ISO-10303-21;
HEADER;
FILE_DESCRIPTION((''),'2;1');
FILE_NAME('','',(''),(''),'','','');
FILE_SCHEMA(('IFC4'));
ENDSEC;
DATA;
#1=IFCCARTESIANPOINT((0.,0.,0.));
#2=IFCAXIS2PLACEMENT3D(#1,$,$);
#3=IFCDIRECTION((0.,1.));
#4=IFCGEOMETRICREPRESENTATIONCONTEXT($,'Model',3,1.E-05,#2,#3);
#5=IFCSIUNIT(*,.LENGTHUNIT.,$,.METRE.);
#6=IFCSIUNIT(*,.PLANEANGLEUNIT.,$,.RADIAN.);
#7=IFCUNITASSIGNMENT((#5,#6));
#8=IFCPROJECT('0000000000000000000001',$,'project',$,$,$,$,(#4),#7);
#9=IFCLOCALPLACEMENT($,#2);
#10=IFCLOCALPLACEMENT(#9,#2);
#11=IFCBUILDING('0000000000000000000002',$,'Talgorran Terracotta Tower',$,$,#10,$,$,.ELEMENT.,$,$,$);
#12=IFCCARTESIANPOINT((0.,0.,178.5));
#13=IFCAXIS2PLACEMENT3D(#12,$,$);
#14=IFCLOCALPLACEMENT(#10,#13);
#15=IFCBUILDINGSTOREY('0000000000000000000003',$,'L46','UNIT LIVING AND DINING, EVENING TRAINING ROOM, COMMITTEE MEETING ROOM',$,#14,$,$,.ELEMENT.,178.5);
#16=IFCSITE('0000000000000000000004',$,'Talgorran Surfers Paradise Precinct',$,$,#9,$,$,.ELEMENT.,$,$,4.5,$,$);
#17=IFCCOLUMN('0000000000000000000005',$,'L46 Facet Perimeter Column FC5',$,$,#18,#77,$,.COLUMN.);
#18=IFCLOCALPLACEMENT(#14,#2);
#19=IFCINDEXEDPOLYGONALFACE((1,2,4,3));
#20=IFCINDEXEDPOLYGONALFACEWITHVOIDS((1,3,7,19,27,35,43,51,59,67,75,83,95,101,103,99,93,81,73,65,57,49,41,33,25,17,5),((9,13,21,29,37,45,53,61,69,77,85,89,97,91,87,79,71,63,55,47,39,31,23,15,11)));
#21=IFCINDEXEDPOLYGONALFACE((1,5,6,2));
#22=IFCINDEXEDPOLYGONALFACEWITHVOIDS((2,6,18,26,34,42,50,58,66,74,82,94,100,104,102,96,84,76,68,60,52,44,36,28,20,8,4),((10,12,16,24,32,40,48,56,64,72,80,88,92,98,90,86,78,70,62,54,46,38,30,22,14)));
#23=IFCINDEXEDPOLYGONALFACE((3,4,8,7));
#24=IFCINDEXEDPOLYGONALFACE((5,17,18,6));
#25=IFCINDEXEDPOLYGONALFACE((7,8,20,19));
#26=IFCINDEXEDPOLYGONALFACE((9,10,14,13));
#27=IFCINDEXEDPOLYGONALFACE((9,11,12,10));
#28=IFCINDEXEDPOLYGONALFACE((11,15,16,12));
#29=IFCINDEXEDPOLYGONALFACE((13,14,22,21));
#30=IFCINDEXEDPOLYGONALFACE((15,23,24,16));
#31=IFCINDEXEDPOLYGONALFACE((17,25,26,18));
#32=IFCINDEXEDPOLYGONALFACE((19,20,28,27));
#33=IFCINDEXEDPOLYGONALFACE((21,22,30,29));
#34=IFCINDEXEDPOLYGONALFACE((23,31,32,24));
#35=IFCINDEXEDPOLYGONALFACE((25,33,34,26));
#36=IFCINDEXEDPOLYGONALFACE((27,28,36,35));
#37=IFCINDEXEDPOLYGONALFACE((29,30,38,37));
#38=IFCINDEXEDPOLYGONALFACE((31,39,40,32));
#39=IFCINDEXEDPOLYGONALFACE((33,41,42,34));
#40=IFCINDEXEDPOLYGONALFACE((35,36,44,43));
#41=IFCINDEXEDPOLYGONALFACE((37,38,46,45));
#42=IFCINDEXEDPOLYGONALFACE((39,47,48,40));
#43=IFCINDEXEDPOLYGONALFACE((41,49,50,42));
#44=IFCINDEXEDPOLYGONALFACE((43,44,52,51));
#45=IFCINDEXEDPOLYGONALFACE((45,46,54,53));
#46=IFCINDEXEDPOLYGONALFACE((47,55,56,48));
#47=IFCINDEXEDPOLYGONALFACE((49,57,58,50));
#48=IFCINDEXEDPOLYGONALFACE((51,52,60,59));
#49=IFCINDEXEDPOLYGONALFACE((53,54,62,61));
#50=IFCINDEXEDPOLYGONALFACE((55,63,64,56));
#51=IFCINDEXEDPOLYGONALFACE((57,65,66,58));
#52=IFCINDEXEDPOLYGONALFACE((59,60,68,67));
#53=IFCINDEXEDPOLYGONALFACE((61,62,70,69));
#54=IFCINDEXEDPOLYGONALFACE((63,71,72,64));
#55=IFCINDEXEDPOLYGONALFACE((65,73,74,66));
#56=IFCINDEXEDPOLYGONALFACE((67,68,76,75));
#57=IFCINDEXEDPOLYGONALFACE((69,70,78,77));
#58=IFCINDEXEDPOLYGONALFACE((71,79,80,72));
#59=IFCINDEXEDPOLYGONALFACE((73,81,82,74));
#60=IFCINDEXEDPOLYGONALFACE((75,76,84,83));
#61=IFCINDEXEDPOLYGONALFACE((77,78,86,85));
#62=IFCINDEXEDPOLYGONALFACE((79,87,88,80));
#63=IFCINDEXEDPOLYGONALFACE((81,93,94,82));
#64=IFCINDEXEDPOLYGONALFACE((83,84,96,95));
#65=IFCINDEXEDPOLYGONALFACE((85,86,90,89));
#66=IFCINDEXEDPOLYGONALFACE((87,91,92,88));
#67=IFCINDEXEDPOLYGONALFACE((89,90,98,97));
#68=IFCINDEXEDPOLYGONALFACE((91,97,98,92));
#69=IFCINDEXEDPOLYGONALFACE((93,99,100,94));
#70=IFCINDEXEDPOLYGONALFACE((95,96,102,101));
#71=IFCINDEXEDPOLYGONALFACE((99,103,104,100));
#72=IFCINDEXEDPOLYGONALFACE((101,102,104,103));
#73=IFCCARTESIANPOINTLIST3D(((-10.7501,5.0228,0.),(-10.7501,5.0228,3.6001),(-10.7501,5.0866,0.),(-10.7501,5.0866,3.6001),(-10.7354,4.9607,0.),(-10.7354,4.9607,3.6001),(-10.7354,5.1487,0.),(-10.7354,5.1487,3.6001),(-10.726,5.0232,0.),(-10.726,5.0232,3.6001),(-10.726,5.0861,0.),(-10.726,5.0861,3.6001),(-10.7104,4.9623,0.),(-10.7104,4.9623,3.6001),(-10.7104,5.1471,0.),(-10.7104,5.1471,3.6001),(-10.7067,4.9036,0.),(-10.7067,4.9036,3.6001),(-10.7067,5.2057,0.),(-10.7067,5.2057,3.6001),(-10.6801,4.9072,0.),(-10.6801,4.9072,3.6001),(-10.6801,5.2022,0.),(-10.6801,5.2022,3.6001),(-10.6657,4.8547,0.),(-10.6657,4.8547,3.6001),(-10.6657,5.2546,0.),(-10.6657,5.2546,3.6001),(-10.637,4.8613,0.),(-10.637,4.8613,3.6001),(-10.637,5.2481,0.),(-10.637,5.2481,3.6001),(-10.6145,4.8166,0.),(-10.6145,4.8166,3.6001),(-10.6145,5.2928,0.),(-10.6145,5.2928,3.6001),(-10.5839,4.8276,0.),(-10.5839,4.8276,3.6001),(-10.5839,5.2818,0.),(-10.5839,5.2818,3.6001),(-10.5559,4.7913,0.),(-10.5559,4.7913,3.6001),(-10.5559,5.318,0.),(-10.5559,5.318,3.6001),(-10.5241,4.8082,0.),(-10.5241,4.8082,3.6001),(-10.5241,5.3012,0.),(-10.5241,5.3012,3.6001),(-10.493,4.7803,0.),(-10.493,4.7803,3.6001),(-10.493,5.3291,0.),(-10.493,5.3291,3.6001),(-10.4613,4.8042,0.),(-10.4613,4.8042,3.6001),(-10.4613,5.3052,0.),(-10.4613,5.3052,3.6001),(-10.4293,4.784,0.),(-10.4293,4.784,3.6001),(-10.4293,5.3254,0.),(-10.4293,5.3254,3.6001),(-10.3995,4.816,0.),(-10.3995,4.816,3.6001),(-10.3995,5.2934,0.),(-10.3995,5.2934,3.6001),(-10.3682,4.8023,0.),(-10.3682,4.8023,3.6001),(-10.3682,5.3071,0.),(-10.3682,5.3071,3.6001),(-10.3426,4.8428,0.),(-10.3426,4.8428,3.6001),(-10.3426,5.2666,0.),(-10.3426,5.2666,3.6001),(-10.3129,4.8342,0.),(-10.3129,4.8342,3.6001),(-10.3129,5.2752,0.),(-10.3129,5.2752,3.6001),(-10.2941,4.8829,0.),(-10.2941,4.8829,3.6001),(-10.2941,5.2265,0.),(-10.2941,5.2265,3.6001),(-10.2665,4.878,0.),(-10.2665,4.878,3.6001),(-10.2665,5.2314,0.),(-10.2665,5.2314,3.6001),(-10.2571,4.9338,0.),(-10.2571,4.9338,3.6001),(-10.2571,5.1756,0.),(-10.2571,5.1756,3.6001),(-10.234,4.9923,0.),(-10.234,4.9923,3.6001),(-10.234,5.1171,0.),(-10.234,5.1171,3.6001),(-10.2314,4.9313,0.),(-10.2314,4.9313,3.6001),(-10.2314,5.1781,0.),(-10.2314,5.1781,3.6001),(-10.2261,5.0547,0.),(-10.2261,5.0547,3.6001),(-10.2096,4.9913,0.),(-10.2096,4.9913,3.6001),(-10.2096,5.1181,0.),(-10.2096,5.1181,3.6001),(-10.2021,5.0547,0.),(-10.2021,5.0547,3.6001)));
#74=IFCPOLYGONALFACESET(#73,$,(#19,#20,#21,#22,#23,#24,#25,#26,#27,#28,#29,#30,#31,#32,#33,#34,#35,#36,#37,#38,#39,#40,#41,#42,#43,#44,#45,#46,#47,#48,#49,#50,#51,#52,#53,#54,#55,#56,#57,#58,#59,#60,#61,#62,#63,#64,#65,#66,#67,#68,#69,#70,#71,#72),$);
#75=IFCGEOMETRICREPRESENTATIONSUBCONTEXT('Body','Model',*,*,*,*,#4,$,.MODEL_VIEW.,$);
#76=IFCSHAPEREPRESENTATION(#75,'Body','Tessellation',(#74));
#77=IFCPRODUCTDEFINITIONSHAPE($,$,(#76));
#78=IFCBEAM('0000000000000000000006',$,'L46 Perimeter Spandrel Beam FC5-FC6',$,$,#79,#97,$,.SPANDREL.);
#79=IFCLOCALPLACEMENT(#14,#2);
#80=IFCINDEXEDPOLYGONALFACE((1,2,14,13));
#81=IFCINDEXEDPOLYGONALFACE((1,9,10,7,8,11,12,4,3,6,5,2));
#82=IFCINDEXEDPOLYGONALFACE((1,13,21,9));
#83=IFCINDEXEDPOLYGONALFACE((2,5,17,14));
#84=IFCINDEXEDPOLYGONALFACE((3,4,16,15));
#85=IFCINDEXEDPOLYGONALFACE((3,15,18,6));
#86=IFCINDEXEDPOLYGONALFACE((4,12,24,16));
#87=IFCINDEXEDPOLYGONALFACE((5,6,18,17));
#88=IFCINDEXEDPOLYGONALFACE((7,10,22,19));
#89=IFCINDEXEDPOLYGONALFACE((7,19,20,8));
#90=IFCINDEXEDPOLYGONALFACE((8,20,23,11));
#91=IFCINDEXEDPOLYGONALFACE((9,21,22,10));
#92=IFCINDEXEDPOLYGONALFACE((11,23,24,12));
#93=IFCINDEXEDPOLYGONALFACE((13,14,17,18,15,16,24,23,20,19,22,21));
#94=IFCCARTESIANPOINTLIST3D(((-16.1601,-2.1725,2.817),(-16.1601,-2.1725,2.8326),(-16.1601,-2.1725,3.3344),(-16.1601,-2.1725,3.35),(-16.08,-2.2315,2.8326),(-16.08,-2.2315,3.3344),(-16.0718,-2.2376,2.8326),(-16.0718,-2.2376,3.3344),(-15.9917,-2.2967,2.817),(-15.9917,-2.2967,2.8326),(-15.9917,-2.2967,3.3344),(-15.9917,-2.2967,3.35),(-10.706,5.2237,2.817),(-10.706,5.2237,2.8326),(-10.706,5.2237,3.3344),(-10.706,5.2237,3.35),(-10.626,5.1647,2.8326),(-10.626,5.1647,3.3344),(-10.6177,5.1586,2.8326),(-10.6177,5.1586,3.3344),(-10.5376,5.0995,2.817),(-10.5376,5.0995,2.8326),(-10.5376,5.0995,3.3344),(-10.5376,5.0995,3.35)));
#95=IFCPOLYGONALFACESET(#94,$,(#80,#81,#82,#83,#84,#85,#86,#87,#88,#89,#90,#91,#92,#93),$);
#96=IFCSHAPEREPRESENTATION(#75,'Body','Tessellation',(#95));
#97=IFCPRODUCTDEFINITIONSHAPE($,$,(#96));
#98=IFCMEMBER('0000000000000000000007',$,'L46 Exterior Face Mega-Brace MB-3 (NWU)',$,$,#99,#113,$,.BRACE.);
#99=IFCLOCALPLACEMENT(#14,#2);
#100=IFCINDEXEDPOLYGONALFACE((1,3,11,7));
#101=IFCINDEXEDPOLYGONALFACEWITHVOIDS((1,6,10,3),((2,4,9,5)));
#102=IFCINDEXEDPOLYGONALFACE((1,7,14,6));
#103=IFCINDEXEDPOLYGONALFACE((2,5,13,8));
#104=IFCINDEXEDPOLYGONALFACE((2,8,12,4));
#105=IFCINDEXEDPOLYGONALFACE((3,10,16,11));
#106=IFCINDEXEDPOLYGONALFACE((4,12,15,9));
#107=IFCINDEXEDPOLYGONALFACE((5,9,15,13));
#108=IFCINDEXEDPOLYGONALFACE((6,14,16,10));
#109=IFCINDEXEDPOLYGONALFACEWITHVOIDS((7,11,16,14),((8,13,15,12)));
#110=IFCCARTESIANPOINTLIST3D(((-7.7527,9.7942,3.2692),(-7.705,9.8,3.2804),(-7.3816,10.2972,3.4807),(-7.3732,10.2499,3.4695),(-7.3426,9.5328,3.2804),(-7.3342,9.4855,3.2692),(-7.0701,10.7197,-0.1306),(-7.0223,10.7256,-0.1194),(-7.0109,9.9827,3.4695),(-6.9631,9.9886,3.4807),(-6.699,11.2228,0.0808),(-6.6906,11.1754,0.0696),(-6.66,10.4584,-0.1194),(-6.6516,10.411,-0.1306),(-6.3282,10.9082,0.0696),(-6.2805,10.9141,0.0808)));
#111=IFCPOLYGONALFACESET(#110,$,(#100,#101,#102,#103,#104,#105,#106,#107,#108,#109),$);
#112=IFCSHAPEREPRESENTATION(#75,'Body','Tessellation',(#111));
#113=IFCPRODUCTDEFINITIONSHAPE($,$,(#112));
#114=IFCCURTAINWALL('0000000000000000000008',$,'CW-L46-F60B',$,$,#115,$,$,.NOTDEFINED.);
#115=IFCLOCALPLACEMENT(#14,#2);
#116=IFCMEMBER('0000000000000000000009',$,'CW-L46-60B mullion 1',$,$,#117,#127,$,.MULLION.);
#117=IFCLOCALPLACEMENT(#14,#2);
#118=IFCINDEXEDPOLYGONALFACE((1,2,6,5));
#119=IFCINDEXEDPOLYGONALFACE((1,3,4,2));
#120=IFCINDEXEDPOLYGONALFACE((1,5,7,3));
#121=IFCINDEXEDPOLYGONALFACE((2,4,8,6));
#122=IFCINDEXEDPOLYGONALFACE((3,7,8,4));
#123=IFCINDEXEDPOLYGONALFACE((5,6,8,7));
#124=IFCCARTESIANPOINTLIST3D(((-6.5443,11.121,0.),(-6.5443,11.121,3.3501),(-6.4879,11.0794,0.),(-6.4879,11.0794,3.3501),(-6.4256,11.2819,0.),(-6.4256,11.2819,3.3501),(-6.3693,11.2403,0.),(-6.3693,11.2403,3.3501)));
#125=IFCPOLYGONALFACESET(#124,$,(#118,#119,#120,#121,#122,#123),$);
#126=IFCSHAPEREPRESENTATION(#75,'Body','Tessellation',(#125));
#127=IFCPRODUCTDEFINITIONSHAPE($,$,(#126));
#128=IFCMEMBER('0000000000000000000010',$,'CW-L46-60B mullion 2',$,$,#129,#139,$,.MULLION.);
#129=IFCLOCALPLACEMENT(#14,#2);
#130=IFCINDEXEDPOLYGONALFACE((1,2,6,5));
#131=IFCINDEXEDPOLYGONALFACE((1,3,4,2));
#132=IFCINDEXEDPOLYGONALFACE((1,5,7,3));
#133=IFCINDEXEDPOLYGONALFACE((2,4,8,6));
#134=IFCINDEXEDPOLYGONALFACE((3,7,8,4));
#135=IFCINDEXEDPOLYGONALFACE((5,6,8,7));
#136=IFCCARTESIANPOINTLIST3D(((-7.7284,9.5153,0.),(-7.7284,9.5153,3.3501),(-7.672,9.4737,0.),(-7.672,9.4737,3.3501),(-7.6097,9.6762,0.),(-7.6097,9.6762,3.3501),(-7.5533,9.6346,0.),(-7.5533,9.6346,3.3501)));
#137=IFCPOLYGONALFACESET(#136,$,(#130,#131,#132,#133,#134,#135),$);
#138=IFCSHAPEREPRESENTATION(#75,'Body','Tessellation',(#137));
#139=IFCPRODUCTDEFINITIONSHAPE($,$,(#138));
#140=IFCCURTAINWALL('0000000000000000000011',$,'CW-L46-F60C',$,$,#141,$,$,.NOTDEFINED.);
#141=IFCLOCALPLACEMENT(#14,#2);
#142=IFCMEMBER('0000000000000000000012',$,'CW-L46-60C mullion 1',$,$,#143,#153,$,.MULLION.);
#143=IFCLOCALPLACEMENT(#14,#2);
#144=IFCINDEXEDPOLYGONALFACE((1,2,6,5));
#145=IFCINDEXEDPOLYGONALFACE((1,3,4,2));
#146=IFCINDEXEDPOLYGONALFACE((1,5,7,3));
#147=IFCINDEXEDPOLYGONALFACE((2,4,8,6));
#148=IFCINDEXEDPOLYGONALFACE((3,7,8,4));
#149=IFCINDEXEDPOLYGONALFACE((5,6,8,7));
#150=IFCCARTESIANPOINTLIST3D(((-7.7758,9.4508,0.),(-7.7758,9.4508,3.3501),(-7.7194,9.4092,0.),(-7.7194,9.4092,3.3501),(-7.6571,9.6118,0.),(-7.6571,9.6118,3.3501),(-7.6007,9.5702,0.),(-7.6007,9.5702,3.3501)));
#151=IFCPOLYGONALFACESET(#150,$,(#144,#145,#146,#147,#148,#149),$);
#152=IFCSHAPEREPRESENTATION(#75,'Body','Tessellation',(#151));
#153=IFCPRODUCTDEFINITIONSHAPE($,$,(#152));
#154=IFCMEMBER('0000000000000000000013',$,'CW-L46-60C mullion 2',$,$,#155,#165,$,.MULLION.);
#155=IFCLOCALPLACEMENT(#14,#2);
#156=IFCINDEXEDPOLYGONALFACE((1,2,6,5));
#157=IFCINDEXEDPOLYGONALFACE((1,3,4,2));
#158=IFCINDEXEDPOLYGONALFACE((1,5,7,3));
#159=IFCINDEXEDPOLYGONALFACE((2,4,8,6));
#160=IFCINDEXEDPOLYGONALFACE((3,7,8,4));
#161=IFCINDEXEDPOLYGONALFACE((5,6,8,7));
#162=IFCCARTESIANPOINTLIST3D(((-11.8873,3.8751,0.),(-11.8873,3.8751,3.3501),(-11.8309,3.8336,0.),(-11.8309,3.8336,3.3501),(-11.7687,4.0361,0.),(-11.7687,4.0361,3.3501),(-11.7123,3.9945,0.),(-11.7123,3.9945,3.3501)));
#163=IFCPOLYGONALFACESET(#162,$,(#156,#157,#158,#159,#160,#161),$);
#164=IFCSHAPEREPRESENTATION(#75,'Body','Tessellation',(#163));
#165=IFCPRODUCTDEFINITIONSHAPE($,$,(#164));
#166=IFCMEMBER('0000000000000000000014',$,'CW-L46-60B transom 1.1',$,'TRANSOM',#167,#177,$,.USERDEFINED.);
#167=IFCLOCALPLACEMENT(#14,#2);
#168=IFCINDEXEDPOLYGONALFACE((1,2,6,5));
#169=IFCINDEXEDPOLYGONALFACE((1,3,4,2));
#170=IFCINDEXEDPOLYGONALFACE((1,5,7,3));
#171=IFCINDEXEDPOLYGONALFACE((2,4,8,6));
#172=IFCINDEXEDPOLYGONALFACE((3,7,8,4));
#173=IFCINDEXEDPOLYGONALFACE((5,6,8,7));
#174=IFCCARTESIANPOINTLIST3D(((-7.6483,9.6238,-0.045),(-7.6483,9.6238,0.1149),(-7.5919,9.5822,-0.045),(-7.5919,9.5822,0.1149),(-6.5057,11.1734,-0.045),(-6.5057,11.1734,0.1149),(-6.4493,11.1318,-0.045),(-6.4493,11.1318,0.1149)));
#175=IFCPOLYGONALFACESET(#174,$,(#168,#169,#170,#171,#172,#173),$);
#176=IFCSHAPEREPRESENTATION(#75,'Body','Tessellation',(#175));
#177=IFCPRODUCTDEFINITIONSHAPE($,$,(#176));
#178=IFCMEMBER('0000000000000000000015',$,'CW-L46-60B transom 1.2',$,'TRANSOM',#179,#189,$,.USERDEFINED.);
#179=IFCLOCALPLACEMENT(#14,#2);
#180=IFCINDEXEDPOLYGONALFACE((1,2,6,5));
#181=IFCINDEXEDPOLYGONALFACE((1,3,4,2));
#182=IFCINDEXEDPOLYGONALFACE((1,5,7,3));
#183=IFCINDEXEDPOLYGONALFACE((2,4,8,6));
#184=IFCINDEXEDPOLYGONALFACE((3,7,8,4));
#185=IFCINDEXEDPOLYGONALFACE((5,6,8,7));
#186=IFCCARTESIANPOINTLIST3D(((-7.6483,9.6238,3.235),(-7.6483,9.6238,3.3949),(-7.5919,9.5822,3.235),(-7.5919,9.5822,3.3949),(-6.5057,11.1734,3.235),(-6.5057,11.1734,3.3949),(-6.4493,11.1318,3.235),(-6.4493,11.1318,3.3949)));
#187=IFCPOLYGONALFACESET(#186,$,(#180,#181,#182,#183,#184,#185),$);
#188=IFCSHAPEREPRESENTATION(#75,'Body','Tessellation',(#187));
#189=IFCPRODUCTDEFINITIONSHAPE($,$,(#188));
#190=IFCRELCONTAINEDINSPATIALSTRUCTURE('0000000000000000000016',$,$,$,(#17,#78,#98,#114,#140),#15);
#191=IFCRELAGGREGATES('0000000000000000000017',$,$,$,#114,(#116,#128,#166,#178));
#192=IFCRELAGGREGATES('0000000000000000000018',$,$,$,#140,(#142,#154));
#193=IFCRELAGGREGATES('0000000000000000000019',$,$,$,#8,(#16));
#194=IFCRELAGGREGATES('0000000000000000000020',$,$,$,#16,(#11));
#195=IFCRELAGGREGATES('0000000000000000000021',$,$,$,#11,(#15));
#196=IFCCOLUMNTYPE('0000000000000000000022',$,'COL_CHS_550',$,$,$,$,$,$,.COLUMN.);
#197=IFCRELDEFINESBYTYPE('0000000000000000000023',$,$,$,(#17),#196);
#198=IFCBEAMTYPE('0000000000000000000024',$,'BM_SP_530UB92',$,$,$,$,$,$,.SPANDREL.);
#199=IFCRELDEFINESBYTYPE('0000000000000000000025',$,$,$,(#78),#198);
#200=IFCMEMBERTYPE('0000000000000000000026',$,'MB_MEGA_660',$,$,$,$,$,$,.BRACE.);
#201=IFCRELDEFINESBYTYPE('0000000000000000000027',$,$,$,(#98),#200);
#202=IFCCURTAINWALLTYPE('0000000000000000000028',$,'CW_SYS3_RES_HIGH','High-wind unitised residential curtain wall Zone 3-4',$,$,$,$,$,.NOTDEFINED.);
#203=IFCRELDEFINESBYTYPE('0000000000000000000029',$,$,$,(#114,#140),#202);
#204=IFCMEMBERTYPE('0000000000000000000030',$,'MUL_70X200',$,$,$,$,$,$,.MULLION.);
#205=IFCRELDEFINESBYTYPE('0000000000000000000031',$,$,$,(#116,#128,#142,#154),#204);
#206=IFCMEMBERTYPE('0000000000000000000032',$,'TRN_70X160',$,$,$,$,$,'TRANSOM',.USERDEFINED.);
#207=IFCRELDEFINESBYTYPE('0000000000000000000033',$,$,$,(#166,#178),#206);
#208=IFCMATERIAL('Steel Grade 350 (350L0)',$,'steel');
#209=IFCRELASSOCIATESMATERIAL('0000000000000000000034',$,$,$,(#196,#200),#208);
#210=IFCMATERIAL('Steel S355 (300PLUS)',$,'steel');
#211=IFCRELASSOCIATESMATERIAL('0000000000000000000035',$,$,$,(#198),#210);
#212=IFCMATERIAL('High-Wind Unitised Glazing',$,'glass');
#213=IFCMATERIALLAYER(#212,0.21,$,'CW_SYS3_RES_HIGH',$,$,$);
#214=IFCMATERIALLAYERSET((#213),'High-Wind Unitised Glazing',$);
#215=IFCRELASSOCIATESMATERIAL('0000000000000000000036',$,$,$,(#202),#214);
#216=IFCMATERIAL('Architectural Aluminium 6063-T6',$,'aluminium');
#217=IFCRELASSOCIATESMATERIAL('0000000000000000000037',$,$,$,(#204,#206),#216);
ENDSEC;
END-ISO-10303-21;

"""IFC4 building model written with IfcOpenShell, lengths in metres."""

from ifc_helpers import new_model, si_unit, direction, frame, origin, origin_2d, place, context, subcontext, project, spatial, rectangle, hollow_rectangle, hollow_circle, i_section, extrude, material, layer, layer_set, material_profile, profile_set, type_object, element, aggregate, save


model = new_model("IFC4")

# Units and contexts
model_context = context("Model", 3, precision=1e-05, world=origin(), true_north=direction((0.0, 1.0)))
body_context = subcontext(model_context, "Body", "Model", "MODEL_VIEW")
ifc_project = project(units=[si_unit("LENGTHUNIT", "METRE"), si_unit("PLANEANGLEUNIT", "RADIAN")], contexts=[model_context])

# Site, building, storey
site_placement = place(None, origin())
site = spatial("IfcSite", under=ifc_project, at=site_placement, Name="Talgorran Surfers Paradise Precinct", CompositionType="ELEMENT", RefElevation=4.5)
building_placement = place(site_placement, origin())
building = spatial("IfcBuilding", under=site, at=building_placement, Name="Talgorran Terracotta Tower", CompositionType="ELEMENT")
storey_placement = place(building_placement, frame((0.0, 0.0, 178.5)))
storey = spatial("IfcBuildingStorey", under=building, at=storey_placement, Name="L46", Description="UNIT LIVING AND DINING, EVENING TRAINING ROOM, COMMITTEE MEETING ROOM", CompositionType="ELEMENT", Elevation=178.5)

# Column
ifc_material_1 = material(Name="Steel Grade 350 (350L0)", Category="steel")
ifc_material_profile_1 = material_profile(ifc_material_1, hollow_circle(Radius=0.2749, WallThickness=0.0239, at=origin_2d()), Name="CHS550X24")
ifc_profile_set_1 = profile_set([ifc_material_profile_1], Name="Steel Grade 350 (350L0)")
column_type = type_object("IfcColumnType", Name="COL_CHS_550", PredefinedType="COLUMN", material=ifc_profile_set_1)
column_placement = place(storey_placement, frame((-10.4771, 5.0547, 0.0), z_axis=(0.0, 0.0, 1.0), x_axis=(1.0, 0.0, 0.0)))
element("IfcColumn", 1, at=column_placement, inside=storey, type_object=column_type, Name="L46 Facet Perimeter Column FC5", PredefinedType="COLUMN", context=body_context, shape_type="SweptSolid", body=[
    extrude(hollow_circle(Radius=0.2749, WallThickness=0.0239, at=origin_2d()), origin(), (0.0, 0.0, 1.0), 3.6001),
])

# Beam
ifc_material_2 = material(Name="Steel S355 (300PLUS)", Category="steel")
ifc_material_profile_2 = material_profile(ifc_material_2, i_section(OverallWidth=0.2092, OverallDepth=0.533, WebThickness=0.0103, FlangeThickness=0.0156, at=origin_2d()), Name="530UB92.4")
ifc_profile_set_2 = profile_set([ifc_material_profile_2], Name="Steel S355 (300PLUS)")
beam_type = type_object("IfcBeamType", Name="BM_SP_530UB92", PredefinedType="SPANDREL", material=ifc_profile_set_2)
beam_placement = place(storey_placement, frame((-10.6218, 5.1616, 3.0835), z_axis=(-0.593498, -0.804835, 0.0), x_axis=(0.804835, -0.593498, 0.0)))
element("IfcBeam", 2, at=beam_placement, inside=storey, type_object=beam_type, Name="L46 Perimeter Spandrel Beam FC5-FC6", PredefinedType="SPANDREL", context=body_context, shape_type="SweptSolid", body=[
    extrude(i_section(OverallWidth=0.2092, OverallDepth=0.533, WebThickness=0.0103, FlangeThickness=0.0156, at=origin_2d()), origin(), (0.0, 0.0, 1.0), 9.1897),
])

# Member
ifc_material_profile_3 = material_profile(ifc_material_1, hollow_rectangle(XDim=0.52, YDim=0.6599, WallThickness=0.0349, at=origin_2d()), Name="WBOX660X520X35")
ifc_profile_set_3 = profile_set([ifc_material_profile_3], Name="Steel Grade 350 (350L0)")
member_type_1 = type_object("IfcMemberType", Name="MB_MEGA_660", PredefinedType="BRACE", material=ifc_profile_set_3)
member_1_placement = place(storey_placement, frame((-6.6753, 10.8169, -0.0249), z_axis=(-0.19019, -0.257872, 0.947275), x_axis=(0.804789, -0.593561, 0.0)))
element("IfcMember", 3, at=member_1_placement, inside=storey, type_object=member_type_1, Name="L46 Exterior Face Mega-Brace MB-3 (NWU)", PredefinedType="BRACE", context=body_context, shape_type="SweptSolid", body=[
    extrude(hollow_rectangle(XDim=0.52, YDim=0.6599, WallThickness=0.0349, at=origin_2d()), origin(), (0.0, 0.0, 1.0), 3.5891),
])

# Curtain walls, members
ifc_material_3 = material(Name="High-Wind Unitised Glazing", Category="glass")
ifc_layer_1 = layer(ifc_material_3, 0.21, Name="CW_SYS3_RES_HIGH")
ifc_layer_set_1 = layer_set([ifc_layer_1], Name="High-Wind Unitised Glazing")
curtain_wall_type = type_object("IfcCurtainWallType", Name="CW_SYS3_RES_HIGH", Description="High-wind unitised residential curtain wall Zone 3-4", PredefinedType="NOTDEFINED", material=ifc_layer_set_1)
curtain_wall_1_placement = place(storey_placement, origin())
curtain_wall_1 = element("IfcCurtainWall", 4, at=curtain_wall_1_placement, inside=storey, type_object=curtain_wall_type, Name="CW-L46-F60B", PredefinedType="NOTDEFINED")
ifc_material_4 = material(Name="Architectural Aluminium 6063-T6", Category="aluminium")
ifc_material_profile_4 = material_profile(ifc_material_4, rectangle(XDim=0.0701, YDim=0.2, at=origin_2d()), Name="CWM70X200")
ifc_profile_set_4 = profile_set([ifc_material_profile_4], Name="Architectural Aluminium 6063-T6")
member_type_2 = type_object("IfcMemberType", Name="MUL_70X200", PredefinedType="MULLION", material=ifc_profile_set_4)
member_2_placement = place(storey_placement, frame((-6.4568, 11.1807, 0.0), z_axis=(0.0, 0.0, 1.0), x_axis=(0.804843, -0.593488, 0.0)))
member_2 = element("IfcMember", 5, at=member_2_placement, type_object=member_type_2, Name="CW-L46-60B mullion 1", PredefinedType="MULLION", context=body_context, shape_type="SweptSolid", body=[
    extrude(rectangle(XDim=0.0701, YDim=0.2, at=origin_2d()), origin(), (0.0, 0.0, 1.0), 3.3501),
])
member_3_placement = place(storey_placement, frame((-7.6409, 9.575, 0.0), z_axis=(0.0, 0.0, 1.0), x_axis=(0.804843, -0.593488, 0.0)))
member_3 = element("IfcMember", 6, at=member_3_placement, type_object=member_type_2, Name="CW-L46-60B mullion 2", PredefinedType="MULLION", context=body_context, shape_type="SweptSolid", body=[
    extrude(rectangle(XDim=0.0701, YDim=0.2, at=origin_2d()), origin(), (0.0, 0.0, 1.0), 3.3501),
])
curtain_wall_2_placement = place(storey_placement, origin())
curtain_wall_2 = element("IfcCurtainWall", 7, at=curtain_wall_2_placement, inside=storey, type_object=curtain_wall_type, Name="CW-L46-F60C", PredefinedType="NOTDEFINED")
member_4_placement = place(storey_placement, frame((-7.6882, 9.5105, 0.0), z_axis=(0.0, 0.0, 1.0), x_axis=(0.804837, -0.593496, 0.0)))
member_4 = element("IfcMember", 8, at=member_4_placement, type_object=member_type_2, Name="CW-L46-60C mullion 1", PredefinedType="MULLION", context=body_context, shape_type="SweptSolid", body=[
    extrude(rectangle(XDim=0.0701, YDim=0.2, at=origin_2d()), origin(), (0.0, 0.0, 1.0), 3.3501),
])
member_5_placement = place(storey_placement, frame((-11.7998, 3.9348, 0.0), z_axis=(0.0, 0.0, 1.0), x_axis=(0.804837, -0.593496, 0.0)))
member_5 = element("IfcMember", 9, at=member_5_placement, type_object=member_type_2, Name="CW-L46-60C mullion 2", PredefinedType="MULLION", context=body_context, shape_type="SweptSolid", body=[
    extrude(rectangle(XDim=0.0701, YDim=0.2, at=origin_2d()), origin(), (0.0, 0.0, 1.0), 3.3501),
])

# Members
ifc_material_profile_5 = material_profile(ifc_material_4, rectangle(XDim=0.0701, YDim=0.1599, at=origin_2d()), Name="CWT70X160")
ifc_profile_set_5 = profile_set([ifc_material_profile_5], Name="Architectural Aluminium 6063-T6")
member_type_3 = type_object("IfcMemberType", Name="TRN_70X160", ElementType="TRANSOM", PredefinedType="USERDEFINED", material=ifc_profile_set_5)
member_6_placement = place(storey_placement, frame((-6.4775, 11.1526, 0.0349), z_axis=(-0.593467, -0.804858, 0.0), x_axis=(0.804858, -0.593467, 0.0)))
member_6 = element("IfcMember", 10, at=member_6_placement, type_object=member_type_3, Name="CW-L46-60B transom 1.1", ObjectType="TRANSOM", PredefinedType="USERDEFINED", context=body_context, shape_type="SweptSolid", body=[
    extrude(rectangle(XDim=0.0701, YDim=0.1599, at=origin_2d()), origin(), (0.0, 0.0, 1.0), 1.9253),
])
member_7_placement = place(storey_placement, frame((-6.4775, 11.1526, 3.3149), z_axis=(-0.593467, -0.804858, 0.0), x_axis=(0.804858, -0.593467, 0.0)))
member_7 = element("IfcMember", 11, at=member_7_placement, type_object=member_type_3, Name="CW-L46-60B transom 1.2", ObjectType="TRANSOM", PredefinedType="USERDEFINED", context=body_context, shape_type="SweptSolid", body=[
    extrude(rectangle(XDim=0.0701, YDim=0.1599, at=origin_2d()), origin(), (0.0, 0.0, 1.0), 1.9253),
])

aggregate(curtain_wall_1, [member_2, member_3, member_6, member_7])
aggregate(curtain_wall_2, [member_4, member_5])

save(model, "model.ifc")
